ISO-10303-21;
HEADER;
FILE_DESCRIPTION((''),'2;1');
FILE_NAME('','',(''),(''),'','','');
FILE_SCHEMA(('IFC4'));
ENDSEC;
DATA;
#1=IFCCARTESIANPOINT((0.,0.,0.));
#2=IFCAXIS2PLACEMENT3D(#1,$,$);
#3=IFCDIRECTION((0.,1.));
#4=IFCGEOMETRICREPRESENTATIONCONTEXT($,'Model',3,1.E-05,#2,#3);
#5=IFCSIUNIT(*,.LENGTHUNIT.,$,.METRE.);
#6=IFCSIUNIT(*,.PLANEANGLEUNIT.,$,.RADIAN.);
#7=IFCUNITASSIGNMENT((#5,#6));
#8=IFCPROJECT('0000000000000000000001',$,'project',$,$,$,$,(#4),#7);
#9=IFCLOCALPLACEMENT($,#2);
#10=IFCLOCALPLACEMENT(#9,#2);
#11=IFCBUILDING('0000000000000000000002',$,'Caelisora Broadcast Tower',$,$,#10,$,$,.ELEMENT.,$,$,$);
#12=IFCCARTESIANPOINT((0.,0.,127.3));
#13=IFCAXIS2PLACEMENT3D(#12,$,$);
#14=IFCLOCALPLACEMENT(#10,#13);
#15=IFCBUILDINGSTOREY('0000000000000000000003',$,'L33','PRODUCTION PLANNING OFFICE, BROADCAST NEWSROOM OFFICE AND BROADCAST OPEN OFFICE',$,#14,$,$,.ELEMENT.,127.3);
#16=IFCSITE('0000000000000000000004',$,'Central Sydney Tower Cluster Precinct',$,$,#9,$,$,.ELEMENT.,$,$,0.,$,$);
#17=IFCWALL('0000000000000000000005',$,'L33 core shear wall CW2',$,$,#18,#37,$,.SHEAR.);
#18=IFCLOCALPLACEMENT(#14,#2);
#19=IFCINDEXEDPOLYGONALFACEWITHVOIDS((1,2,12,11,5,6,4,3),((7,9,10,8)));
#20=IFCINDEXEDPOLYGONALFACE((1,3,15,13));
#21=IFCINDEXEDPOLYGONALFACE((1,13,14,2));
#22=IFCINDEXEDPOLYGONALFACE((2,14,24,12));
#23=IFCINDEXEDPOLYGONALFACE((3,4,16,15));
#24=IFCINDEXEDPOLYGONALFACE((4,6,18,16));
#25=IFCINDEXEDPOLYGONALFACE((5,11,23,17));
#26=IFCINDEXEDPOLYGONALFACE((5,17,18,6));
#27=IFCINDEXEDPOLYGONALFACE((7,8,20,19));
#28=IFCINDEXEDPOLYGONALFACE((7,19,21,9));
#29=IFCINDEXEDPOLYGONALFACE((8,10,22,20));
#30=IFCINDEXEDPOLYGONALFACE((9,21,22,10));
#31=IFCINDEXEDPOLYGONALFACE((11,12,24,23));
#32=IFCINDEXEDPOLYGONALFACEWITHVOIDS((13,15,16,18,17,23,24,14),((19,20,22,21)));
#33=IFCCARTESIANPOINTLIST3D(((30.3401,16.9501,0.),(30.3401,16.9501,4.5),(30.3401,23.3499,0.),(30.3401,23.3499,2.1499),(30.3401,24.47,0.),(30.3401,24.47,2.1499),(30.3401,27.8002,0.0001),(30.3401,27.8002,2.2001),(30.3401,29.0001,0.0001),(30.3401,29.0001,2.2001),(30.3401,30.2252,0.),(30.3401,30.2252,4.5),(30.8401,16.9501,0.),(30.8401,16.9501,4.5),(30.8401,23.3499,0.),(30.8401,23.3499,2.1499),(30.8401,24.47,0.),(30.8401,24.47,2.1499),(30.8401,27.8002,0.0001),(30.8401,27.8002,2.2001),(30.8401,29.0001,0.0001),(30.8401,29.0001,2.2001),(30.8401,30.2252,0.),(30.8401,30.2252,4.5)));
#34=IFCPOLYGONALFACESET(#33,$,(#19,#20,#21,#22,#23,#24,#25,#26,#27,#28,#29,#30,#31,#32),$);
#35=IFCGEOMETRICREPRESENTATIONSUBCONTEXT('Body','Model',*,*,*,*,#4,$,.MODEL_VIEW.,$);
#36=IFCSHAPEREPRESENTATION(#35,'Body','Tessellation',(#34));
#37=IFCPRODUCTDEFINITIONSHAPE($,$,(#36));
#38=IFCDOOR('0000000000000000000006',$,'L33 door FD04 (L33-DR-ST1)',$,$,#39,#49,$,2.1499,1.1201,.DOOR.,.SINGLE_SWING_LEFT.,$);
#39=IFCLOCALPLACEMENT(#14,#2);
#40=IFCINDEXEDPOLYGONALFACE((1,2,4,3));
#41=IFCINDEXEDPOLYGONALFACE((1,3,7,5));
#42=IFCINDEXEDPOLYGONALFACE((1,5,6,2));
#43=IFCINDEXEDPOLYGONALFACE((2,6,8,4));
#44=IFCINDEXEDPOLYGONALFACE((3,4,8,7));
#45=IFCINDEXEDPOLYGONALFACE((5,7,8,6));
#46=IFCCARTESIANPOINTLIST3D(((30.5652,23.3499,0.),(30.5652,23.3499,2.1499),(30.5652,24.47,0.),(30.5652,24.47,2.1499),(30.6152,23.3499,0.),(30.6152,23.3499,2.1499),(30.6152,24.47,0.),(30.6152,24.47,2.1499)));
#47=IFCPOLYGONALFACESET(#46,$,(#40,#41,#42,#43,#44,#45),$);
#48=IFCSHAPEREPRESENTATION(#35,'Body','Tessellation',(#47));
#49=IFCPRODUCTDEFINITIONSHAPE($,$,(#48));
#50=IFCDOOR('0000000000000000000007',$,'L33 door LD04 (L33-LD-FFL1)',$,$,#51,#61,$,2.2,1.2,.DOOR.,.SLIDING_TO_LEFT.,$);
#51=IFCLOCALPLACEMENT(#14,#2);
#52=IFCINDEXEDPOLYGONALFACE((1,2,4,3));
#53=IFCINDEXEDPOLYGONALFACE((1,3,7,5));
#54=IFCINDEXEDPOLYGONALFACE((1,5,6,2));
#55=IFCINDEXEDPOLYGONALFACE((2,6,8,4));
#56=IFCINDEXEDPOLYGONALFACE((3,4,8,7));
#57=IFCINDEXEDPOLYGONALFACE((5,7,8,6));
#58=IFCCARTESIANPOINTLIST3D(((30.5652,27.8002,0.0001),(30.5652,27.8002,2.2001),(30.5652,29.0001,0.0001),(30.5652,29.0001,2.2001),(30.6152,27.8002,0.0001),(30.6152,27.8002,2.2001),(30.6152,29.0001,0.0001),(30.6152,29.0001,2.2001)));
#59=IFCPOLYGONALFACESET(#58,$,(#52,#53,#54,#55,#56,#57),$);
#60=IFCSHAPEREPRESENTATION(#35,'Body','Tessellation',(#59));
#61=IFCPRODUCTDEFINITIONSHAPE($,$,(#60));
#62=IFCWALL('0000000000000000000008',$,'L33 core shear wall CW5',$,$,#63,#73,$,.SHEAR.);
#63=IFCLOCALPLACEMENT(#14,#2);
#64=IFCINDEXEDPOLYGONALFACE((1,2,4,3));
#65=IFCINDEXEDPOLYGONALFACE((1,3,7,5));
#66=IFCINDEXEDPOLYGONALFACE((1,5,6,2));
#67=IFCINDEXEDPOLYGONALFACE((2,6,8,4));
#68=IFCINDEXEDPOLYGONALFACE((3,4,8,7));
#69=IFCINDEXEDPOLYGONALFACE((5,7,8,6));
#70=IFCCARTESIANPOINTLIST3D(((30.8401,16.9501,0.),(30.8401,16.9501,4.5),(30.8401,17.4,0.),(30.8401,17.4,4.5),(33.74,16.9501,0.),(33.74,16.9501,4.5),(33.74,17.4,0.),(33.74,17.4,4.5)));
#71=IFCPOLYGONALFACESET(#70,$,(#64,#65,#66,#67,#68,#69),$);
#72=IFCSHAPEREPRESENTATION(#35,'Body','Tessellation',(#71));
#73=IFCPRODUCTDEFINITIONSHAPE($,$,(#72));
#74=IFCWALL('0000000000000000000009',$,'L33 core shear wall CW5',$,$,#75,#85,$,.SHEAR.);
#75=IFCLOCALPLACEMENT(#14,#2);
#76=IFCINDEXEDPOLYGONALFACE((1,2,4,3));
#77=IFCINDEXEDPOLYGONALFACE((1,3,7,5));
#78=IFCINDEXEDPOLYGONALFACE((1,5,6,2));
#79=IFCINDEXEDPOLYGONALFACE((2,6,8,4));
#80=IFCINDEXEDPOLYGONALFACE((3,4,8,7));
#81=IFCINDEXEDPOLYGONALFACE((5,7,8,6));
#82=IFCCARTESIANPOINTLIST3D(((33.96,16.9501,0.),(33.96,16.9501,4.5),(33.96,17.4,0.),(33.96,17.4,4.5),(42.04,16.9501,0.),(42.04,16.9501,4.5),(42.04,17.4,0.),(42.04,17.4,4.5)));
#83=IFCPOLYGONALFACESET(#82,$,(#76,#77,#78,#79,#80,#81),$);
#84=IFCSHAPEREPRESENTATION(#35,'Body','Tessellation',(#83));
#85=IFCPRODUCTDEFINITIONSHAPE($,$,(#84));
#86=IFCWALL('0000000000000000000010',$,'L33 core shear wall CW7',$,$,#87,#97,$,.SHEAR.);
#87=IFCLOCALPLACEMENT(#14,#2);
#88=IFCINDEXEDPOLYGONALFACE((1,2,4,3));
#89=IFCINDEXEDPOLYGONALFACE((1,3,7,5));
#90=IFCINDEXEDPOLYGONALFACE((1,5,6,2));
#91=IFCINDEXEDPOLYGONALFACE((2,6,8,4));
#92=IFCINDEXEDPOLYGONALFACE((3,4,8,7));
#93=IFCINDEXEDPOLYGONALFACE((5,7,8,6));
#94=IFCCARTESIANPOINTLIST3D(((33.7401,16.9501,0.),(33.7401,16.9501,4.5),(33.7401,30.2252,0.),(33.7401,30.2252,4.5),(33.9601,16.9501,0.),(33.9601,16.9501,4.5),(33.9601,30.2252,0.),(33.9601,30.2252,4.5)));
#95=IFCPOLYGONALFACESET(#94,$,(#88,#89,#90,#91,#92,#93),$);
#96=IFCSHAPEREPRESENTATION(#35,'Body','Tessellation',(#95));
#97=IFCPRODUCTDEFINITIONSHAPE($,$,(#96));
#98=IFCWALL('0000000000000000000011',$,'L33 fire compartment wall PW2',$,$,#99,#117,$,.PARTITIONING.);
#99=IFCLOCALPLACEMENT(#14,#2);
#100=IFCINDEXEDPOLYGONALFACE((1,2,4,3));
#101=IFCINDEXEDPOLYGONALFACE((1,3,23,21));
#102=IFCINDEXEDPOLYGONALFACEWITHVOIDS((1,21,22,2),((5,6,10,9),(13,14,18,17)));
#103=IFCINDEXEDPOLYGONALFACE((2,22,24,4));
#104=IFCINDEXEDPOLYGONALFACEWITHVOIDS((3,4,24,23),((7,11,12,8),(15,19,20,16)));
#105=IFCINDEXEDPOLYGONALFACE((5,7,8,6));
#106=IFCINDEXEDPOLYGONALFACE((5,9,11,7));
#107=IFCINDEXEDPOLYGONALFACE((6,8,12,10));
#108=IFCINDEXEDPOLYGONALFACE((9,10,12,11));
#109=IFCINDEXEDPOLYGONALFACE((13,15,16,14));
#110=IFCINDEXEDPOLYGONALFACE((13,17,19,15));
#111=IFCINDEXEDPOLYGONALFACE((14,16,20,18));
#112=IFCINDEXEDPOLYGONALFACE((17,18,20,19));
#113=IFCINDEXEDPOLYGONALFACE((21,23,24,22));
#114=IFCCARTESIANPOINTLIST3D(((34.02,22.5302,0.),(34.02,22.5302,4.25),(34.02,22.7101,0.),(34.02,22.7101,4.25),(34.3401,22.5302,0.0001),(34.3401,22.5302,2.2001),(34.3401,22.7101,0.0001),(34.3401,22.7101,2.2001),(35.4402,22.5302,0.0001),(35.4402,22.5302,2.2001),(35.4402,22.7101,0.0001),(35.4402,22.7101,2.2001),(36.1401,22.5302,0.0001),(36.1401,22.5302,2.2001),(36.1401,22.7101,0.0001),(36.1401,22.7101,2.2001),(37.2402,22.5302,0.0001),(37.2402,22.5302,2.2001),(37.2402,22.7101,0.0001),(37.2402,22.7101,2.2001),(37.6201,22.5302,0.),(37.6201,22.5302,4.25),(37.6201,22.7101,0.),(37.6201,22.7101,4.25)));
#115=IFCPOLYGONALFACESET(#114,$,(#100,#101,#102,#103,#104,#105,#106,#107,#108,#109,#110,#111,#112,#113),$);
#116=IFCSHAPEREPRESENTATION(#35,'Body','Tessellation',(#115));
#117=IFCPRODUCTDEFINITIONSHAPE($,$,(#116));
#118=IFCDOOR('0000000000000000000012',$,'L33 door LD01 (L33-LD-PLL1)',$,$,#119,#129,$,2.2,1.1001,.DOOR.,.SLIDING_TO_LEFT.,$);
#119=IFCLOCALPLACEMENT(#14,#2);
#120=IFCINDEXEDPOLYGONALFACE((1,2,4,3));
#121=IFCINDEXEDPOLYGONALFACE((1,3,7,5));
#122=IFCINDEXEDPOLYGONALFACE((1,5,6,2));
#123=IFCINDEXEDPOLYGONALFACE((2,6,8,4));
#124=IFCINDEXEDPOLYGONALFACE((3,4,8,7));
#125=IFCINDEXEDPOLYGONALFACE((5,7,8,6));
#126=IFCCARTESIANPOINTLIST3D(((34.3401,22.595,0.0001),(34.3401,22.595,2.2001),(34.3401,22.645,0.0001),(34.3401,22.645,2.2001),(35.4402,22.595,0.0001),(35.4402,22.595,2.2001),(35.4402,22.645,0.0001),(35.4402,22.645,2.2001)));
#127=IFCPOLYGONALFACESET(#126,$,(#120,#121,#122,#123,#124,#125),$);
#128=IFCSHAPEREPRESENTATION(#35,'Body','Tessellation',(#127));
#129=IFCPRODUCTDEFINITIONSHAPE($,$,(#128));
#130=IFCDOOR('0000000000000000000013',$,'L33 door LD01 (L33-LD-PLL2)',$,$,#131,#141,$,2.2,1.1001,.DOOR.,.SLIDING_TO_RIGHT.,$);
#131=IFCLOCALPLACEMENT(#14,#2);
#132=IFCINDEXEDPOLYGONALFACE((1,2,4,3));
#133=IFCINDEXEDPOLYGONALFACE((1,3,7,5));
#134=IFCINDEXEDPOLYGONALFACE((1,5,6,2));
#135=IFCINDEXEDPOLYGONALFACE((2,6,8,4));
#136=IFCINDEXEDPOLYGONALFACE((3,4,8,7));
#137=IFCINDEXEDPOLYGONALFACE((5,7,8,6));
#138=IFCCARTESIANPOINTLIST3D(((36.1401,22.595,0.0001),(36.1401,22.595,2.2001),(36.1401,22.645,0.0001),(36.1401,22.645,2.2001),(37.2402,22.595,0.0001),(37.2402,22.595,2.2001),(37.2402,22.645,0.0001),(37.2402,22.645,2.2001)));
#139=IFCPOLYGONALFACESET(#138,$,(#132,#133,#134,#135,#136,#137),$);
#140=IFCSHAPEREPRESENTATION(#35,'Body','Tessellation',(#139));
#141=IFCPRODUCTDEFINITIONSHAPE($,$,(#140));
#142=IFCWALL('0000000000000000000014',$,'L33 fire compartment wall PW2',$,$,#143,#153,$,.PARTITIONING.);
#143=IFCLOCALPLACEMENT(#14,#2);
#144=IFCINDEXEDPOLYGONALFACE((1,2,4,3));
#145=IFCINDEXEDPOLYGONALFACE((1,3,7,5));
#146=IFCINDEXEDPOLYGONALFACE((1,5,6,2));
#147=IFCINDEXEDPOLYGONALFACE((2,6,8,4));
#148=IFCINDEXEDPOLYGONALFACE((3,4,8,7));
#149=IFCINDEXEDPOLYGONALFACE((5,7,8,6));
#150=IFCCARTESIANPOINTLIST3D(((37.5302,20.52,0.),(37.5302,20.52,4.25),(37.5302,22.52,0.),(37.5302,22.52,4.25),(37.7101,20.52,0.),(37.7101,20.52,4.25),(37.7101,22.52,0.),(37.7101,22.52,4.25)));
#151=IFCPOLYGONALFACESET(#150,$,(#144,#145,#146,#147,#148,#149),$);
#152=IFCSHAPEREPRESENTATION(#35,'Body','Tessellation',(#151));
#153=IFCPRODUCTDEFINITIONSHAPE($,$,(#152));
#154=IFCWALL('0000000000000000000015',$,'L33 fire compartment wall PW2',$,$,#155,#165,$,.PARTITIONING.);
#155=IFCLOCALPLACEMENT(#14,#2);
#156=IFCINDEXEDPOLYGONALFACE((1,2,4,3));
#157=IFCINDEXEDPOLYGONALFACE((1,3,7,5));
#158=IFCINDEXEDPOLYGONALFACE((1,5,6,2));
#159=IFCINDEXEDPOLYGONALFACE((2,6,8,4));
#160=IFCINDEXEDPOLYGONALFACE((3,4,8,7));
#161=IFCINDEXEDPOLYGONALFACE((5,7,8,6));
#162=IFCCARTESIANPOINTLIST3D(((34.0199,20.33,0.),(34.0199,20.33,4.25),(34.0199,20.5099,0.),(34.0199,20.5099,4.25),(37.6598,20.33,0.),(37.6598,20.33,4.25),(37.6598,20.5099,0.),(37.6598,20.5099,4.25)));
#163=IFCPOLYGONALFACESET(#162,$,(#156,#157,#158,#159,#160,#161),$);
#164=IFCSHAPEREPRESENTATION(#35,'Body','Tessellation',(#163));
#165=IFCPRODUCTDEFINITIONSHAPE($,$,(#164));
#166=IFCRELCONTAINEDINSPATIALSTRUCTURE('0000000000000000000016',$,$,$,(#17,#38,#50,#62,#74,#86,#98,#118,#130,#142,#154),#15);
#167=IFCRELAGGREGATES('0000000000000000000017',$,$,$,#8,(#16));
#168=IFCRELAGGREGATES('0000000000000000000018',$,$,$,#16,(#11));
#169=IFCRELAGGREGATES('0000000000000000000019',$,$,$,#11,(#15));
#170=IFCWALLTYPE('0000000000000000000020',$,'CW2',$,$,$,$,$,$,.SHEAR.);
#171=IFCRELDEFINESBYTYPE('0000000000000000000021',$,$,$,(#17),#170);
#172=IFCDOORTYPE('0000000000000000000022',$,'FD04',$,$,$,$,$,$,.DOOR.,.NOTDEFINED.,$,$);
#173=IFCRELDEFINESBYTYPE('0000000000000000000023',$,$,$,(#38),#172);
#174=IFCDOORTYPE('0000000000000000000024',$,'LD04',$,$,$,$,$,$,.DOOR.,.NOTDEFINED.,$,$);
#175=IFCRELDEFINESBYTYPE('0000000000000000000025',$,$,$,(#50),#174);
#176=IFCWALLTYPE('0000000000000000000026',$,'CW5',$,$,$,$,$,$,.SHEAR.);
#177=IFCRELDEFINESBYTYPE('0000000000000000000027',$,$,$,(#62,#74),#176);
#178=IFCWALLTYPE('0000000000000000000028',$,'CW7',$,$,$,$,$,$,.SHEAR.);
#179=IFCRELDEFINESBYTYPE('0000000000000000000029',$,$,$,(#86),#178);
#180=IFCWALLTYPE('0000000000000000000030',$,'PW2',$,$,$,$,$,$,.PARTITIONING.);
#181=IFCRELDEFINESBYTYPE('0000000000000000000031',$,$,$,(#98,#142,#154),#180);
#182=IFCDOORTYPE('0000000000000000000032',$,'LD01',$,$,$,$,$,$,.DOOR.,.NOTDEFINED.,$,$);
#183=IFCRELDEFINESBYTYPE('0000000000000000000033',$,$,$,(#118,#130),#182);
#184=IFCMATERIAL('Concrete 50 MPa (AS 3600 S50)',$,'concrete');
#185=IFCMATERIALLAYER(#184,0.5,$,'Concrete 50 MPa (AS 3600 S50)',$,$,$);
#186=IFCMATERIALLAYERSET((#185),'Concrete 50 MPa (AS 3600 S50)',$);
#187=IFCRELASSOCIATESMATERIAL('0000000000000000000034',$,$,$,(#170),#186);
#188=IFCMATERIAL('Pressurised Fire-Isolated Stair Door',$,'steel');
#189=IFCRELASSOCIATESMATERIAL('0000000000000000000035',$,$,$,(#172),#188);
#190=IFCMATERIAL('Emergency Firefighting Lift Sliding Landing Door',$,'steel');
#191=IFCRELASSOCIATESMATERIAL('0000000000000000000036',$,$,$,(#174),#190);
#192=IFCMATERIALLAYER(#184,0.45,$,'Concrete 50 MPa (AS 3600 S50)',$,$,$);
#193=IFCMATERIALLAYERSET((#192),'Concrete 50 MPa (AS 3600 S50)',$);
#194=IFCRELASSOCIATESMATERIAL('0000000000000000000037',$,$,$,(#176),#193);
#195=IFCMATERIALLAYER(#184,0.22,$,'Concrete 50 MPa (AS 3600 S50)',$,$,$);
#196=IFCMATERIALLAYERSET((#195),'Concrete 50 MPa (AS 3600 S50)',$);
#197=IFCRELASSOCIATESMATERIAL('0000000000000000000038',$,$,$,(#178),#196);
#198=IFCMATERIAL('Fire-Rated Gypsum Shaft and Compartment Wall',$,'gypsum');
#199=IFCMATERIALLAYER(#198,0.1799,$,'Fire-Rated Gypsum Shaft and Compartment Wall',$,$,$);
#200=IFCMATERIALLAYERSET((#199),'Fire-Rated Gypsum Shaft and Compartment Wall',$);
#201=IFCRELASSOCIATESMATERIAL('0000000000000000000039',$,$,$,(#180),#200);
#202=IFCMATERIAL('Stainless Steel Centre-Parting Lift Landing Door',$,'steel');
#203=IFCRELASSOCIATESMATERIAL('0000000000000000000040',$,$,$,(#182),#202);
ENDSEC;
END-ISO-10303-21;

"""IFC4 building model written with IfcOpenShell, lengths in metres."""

from ifc_helpers import new_model, si_unit, direction, frame, frame_2d, origin, place, context, subcontext, project, spatial, rectangle, extrude, material, layer, layer_set, type_object, element, fill, save


model = new_model("IFC4")

# Units and contexts
model_context = context("Model", 3, precision=1e-05, world=origin(), true_north=direction((0.0, 1.0)))
body_context = subcontext(model_context, "Body", "Model", "MODEL_VIEW")
ifc_project = project(units=[si_unit("LENGTHUNIT", "METRE"), si_unit("PLANEANGLEUNIT", "RADIAN")], contexts=[model_context])

# Site, building, storey
site_placement = place(None, origin())
site = spatial("IfcSite", under=ifc_project, at=site_placement, Name="Central Sydney Tower Cluster Precinct", CompositionType="ELEMENT", RefElevation=0.0)
building_placement = place(site_placement, origin())
building = spatial("IfcBuilding", under=site, at=building_placement, Name="Caelisora Broadcast Tower", CompositionType="ELEMENT")
storey_placement = place(building_placement, frame((0.0, 0.0, 127.3)))
storey = spatial("IfcBuildingStorey", under=building, at=storey_placement, Name="L33", Description="PRODUCTION PLANNING OFFICE, BROADCAST NEWSROOM OFFICE AND BROADCAST OPEN OFFICE", CompositionType="ELEMENT", Elevation=127.3)

# Wall, openings, doors
ifc_material_1 = material(Name="Concrete 50 MPa (AS 3600 S50)", Category="concrete")
ifc_layer_1 = layer(ifc_material_1, 0.5, Name="Concrete 50 MPa (AS 3600 S50)")
ifc_layer_set_1 = layer_set([ifc_layer_1], Name="Concrete 50 MPa (AS 3600 S50)")
wall_type_1 = type_object("IfcWallType", Name="CW2", PredefinedType="SHEAR", material=ifc_layer_set_1)
wall_1_placement = place(storey_placement, frame((30.5901, 16.95, 0.0), z_axis=(0.0, 0.0, 1.0), x_axis=(0.0, 1.0, 0.0)))
wall_1 = element("IfcWall", 1, at=wall_1_placement, inside=storey, type_object=wall_type_1, Name="L33 core shear wall CW2", PredefinedType="SHEAR", context=body_context, shape_type="SweptSolid", body=[
    extrude(rectangle(XDim=13.2751, YDim=0.5, at=frame_2d((6.6377, 0.0))), origin(), (0.0, 0.0, 1.0), 4.5),
])
opening_1_placement = place(wall_1_placement, frame((6.3999, 0.0, 0.0)))
opening_1 = element("IfcOpeningElement", 2, at=opening_1_placement, cuts=wall_1, PredefinedType="OPENING", context=body_context, shape_type="SweptSolid", body=[
    extrude(rectangle(XDim=1.1201, YDim=2.1499, at=frame_2d((0.5601, 1.075))), frame((0.0, 0.262, 0.0), z_axis=(0.0, -1.0, 0.0), x_axis=(1.0, 0.0, 0.0)), (0.0, 0.0, 1.0), 0.5239),
])
opening_2_placement = place(wall_1_placement, frame((10.8501, 0.0, 0.0)))
opening_2 = element("IfcOpeningElement", 3, at=opening_2_placement, cuts=wall_1, PredefinedType="OPENING", context=body_context, shape_type="SweptSolid", body=[
    extrude(rectangle(XDim=1.2, YDim=2.2, at=frame_2d((0.6001, 1.1001))), frame((0.0, 0.262, 0.0), z_axis=(0.0, -1.0, 0.0), x_axis=(1.0, 0.0, 0.0)), (0.0, 0.0, 1.0), 0.5239),
])
ifc_material_2 = material(Name="Pressurised Fire-Isolated Stair Door", Category="steel")
door_type_1 = type_object("IfcDoorType", Name="FD04", OperationType="NOTDEFINED", PredefinedType="DOOR", material=ifc_material_2)
door_1_placement = place(opening_1_placement, origin())
door_1 = element("IfcDoor", 4, at=door_1_placement, inside=storey, type_object=door_type_1, Name="L33 door FD04 (L33-DR-ST1)", OperationType="SINGLE_SWING_LEFT", OverallHeight=2.1499, OverallWidth=1.1201, PredefinedType="DOOR", context=body_context, shape_type="SweptSolid", body=[
    extrude(rectangle(XDim=1.1201, YDim=2.1499, at=frame_2d((0.5601, 1.075))), frame((0.0, 0.0249, 0.0), z_axis=(0.0, -1.0, 0.0), x_axis=(1.0, 0.0, 0.0)), (0.0, 0.0, 1.0), 0.05),
])
fill(opening_1, door_1)
ifc_material_3 = material(Name="Emergency Firefighting Lift Sliding Landing Door", Category="steel")
door_type_2 = type_object("IfcDoorType", Name="LD04", OperationType="NOTDEFINED", PredefinedType="DOOR", material=ifc_material_3)
door_2_placement = place(opening_2_placement, origin())
door_2 = element("IfcDoor", 5, at=door_2_placement, inside=storey, type_object=door_type_2, Name="L33 door LD04 (L33-LD-FFL1)", OperationType="SLIDING_TO_LEFT", OverallHeight=2.2, OverallWidth=1.2, PredefinedType="DOOR", context=body_context, shape_type="SweptSolid", body=[
    extrude(rectangle(XDim=1.2, YDim=2.2, at=frame_2d((0.6001, 1.1001))), frame((0.0, 0.0249, 0.0), z_axis=(0.0, -1.0, 0.0), x_axis=(1.0, 0.0, 0.0)), (0.0, 0.0, 1.0), 0.05),
])
fill(opening_2, door_2)

# Walls
ifc_layer_2 = layer(ifc_material_1, 0.45, Name="Concrete 50 MPa (AS 3600 S50)")
ifc_layer_set_2 = layer_set([ifc_layer_2], Name="Concrete 50 MPa (AS 3600 S50)")
wall_type_2 = type_object("IfcWallType", Name="CW5", PredefinedType="SHEAR", material=ifc_layer_set_2)
wall_2_placement = place(storey_placement, frame((30.8401, 17.175, 0.0), z_axis=(0.0, 0.0, 1.0), x_axis=(1.0, 0.0, 0.0)))
element("IfcWall", 6, at=wall_2_placement, inside=storey, type_object=wall_type_2, Name="L33 core shear wall CW5", PredefinedType="SHEAR", context=body_context, shape_type="SweptSolid", body=[
    extrude(rectangle(XDim=2.8999, YDim=0.45, at=frame_2d((1.45, 0.0))), origin(), (0.0, 0.0, 1.0), 4.5),
])
wall_3_placement = place(storey_placement, frame((33.96, 17.175, 0.0), z_axis=(0.0, 0.0, 1.0), x_axis=(1.0, 0.0, 0.0)))
element("IfcWall", 7, at=wall_3_placement, inside=storey, type_object=wall_type_2, Name="L33 core shear wall CW5", PredefinedType="SHEAR", context=body_context, shape_type="SweptSolid", body=[
    extrude(rectangle(XDim=8.0801, YDim=0.45, at=frame_2d((4.04, 0.0))), origin(), (0.0, 0.0, 1.0), 4.5),
])
ifc_layer_3 = layer(ifc_material_1, 0.22, Name="Concrete 50 MPa (AS 3600 S50)")
ifc_layer_set_3 = layer_set([ifc_layer_3], Name="Concrete 50 MPa (AS 3600 S50)")
wall_type_3 = type_object("IfcWallType", Name="CW7", PredefinedType="SHEAR", material=ifc_layer_set_3)
wall_4_placement = place(storey_placement, frame((33.8501, 16.95, 0.0), z_axis=(0.0, 0.0, 1.0), x_axis=(0.0, 1.0, 0.0)))
element("IfcWall", 8, at=wall_4_placement, inside=storey, type_object=wall_type_3, Name="L33 core shear wall CW7", PredefinedType="SHEAR", context=body_context, shape_type="SweptSolid", body=[
    extrude(rectangle(XDim=13.2751, YDim=0.22, at=frame_2d((6.6377, 0.0))), origin(), (0.0, 0.0, 1.0), 4.5),
])

# Wall, openings, doors
ifc_material_4 = material(Name="Fire-Rated Gypsum Shaft and Compartment Wall", Category="gypsum")
ifc_layer_4 = layer(ifc_material_4, 0.1799, Name="Fire-Rated Gypsum Shaft and Compartment Wall")
ifc_layer_set_4 = layer_set([ifc_layer_4], Name="Fire-Rated Gypsum Shaft and Compartment Wall")
wall_type_4 = type_object("IfcWallType", Name="PW2", PredefinedType="PARTITIONING", material=ifc_layer_set_4)
wall_5_placement = place(storey_placement, frame((34.02, 22.6201, 0.0), z_axis=(0.0, 0.0, 1.0), x_axis=(1.0, 0.0, 0.0)))
wall_5 = element("IfcWall", 9, at=wall_5_placement, inside=storey, type_object=wall_type_4, Name="L33 fire compartment wall PW2", PredefinedType="PARTITIONING", context=body_context, shape_type="SweptSolid", body=[
    extrude(rectangle(XDim=3.6001, YDim=0.1799, at=frame_2d((1.8, 0.0))), origin(), (0.0, 0.0, 1.0), 4.25),
])
opening_3_placement = place(wall_5_placement, frame((0.3201, 0.0, 0.0)))
opening_3 = element("IfcOpeningElement", 10, at=opening_3_placement, cuts=wall_5, PredefinedType="OPENING", context=body_context, shape_type="SweptSolid", body=[
    extrude(rectangle(XDim=1.1001, YDim=2.2, at=frame_2d((0.55, 1.1001))), frame((0.0, 0.1021, 0.0), z_axis=(0.0, -1.0, 0.0), x_axis=(1.0, 0.0, 0.0)), (0.0, 0.0, 1.0), 0.2039),
])
opening_4_placement = place(wall_5_placement, frame((2.1201, 0.0, 0.0)))
opening_4 = element("IfcOpeningElement", 11, at=opening_4_placement, cuts=wall_5, PredefinedType="OPENING", context=body_context, shape_type="SweptSolid", body=[
    extrude(rectangle(XDim=1.1001, YDim=2.2, at=frame_2d((0.55, 1.1001))), frame((0.0, 0.1021, 0.0), z_axis=(0.0, -1.0, 0.0), x_axis=(1.0, 0.0, 0.0)), (0.0, 0.0, 1.0), 0.2039),
])
ifc_material_5 = material(Name="Stainless Steel Centre-Parting Lift Landing Door", Category="steel")
door_type_3 = type_object("IfcDoorType", Name="LD01", OperationType="NOTDEFINED", PredefinedType="DOOR", material=ifc_material_5)
door_3_placement = place(opening_3_placement, origin())
door_3 = element("IfcDoor", 12, at=door_3_placement, inside=storey, type_object=door_type_3, Name="L33 door LD01 (L33-LD-PLL1)", OperationType="SLIDING_TO_LEFT", OverallHeight=2.2, OverallWidth=1.1001, PredefinedType="DOOR", context=body_context, shape_type="SweptSolid", body=[
    extrude(rectangle(XDim=1.1001, YDim=2.2, at=frame_2d((0.55, 1.1001))), frame((0.0, 0.0249, 0.0), z_axis=(0.0, -1.0, 0.0), x_axis=(1.0, 0.0, 0.0)), (0.0, 0.0, 1.0), 0.05),
])
fill(opening_3, door_3)
door_4_placement = place(opening_4_placement, origin())
door_4 = element("IfcDoor", 13, at=door_4_placement, inside=storey, type_object=door_type_3, Name="L33 door LD01 (L33-LD-PLL2)", OperationType="SLIDING_TO_RIGHT", OverallHeight=2.2, OverallWidth=1.1001, PredefinedType="DOOR", context=body_context, shape_type="SweptSolid", body=[
    extrude(rectangle(XDim=1.1001, YDim=2.2, at=frame_2d((0.55, 1.1001))), frame((0.0, 0.0249, 0.0), z_axis=(0.0, -1.0, 0.0), x_axis=(1.0, 0.0, 0.0)), (0.0, 0.0, 1.0), 0.05),
])
fill(opening_4, door_4)

# Walls
wall_6_placement = place(storey_placement, frame((37.6201, 20.52, 0.0), z_axis=(0.0, 0.0, 1.0), x_axis=(0.0, 1.0, 0.0)))
element("IfcWall", 14, at=wall_6_placement, inside=storey, type_object=wall_type_4, Name="L33 fire compartment wall PW2", PredefinedType="PARTITIONING", context=body_context, shape_type="SweptSolid", body=[
    extrude(rectangle(XDim=2.0, YDim=0.1799, at=frame_2d((1.0, 0.0))), origin(), (0.0, 0.0, 1.0), 4.25),
])
wall_7_placement = place(storey_placement, frame((34.02, 20.4199, 0.0), z_axis=(0.0, 0.0, 1.0), x_axis=(1.0, 0.0, 0.0)))
element("IfcWall", 15, at=wall_7_placement, inside=storey, type_object=wall_type_4, Name="L33 fire compartment wall PW2", PredefinedType="PARTITIONING", context=body_context, shape_type="SweptSolid", body=[
    extrude(rectangle(XDim=3.6399, YDim=0.1799, at=frame_2d((1.8198, 0.0))), origin(), (0.0, 0.0, 1.0), 4.25),
])

save(model, "model.ifc")
